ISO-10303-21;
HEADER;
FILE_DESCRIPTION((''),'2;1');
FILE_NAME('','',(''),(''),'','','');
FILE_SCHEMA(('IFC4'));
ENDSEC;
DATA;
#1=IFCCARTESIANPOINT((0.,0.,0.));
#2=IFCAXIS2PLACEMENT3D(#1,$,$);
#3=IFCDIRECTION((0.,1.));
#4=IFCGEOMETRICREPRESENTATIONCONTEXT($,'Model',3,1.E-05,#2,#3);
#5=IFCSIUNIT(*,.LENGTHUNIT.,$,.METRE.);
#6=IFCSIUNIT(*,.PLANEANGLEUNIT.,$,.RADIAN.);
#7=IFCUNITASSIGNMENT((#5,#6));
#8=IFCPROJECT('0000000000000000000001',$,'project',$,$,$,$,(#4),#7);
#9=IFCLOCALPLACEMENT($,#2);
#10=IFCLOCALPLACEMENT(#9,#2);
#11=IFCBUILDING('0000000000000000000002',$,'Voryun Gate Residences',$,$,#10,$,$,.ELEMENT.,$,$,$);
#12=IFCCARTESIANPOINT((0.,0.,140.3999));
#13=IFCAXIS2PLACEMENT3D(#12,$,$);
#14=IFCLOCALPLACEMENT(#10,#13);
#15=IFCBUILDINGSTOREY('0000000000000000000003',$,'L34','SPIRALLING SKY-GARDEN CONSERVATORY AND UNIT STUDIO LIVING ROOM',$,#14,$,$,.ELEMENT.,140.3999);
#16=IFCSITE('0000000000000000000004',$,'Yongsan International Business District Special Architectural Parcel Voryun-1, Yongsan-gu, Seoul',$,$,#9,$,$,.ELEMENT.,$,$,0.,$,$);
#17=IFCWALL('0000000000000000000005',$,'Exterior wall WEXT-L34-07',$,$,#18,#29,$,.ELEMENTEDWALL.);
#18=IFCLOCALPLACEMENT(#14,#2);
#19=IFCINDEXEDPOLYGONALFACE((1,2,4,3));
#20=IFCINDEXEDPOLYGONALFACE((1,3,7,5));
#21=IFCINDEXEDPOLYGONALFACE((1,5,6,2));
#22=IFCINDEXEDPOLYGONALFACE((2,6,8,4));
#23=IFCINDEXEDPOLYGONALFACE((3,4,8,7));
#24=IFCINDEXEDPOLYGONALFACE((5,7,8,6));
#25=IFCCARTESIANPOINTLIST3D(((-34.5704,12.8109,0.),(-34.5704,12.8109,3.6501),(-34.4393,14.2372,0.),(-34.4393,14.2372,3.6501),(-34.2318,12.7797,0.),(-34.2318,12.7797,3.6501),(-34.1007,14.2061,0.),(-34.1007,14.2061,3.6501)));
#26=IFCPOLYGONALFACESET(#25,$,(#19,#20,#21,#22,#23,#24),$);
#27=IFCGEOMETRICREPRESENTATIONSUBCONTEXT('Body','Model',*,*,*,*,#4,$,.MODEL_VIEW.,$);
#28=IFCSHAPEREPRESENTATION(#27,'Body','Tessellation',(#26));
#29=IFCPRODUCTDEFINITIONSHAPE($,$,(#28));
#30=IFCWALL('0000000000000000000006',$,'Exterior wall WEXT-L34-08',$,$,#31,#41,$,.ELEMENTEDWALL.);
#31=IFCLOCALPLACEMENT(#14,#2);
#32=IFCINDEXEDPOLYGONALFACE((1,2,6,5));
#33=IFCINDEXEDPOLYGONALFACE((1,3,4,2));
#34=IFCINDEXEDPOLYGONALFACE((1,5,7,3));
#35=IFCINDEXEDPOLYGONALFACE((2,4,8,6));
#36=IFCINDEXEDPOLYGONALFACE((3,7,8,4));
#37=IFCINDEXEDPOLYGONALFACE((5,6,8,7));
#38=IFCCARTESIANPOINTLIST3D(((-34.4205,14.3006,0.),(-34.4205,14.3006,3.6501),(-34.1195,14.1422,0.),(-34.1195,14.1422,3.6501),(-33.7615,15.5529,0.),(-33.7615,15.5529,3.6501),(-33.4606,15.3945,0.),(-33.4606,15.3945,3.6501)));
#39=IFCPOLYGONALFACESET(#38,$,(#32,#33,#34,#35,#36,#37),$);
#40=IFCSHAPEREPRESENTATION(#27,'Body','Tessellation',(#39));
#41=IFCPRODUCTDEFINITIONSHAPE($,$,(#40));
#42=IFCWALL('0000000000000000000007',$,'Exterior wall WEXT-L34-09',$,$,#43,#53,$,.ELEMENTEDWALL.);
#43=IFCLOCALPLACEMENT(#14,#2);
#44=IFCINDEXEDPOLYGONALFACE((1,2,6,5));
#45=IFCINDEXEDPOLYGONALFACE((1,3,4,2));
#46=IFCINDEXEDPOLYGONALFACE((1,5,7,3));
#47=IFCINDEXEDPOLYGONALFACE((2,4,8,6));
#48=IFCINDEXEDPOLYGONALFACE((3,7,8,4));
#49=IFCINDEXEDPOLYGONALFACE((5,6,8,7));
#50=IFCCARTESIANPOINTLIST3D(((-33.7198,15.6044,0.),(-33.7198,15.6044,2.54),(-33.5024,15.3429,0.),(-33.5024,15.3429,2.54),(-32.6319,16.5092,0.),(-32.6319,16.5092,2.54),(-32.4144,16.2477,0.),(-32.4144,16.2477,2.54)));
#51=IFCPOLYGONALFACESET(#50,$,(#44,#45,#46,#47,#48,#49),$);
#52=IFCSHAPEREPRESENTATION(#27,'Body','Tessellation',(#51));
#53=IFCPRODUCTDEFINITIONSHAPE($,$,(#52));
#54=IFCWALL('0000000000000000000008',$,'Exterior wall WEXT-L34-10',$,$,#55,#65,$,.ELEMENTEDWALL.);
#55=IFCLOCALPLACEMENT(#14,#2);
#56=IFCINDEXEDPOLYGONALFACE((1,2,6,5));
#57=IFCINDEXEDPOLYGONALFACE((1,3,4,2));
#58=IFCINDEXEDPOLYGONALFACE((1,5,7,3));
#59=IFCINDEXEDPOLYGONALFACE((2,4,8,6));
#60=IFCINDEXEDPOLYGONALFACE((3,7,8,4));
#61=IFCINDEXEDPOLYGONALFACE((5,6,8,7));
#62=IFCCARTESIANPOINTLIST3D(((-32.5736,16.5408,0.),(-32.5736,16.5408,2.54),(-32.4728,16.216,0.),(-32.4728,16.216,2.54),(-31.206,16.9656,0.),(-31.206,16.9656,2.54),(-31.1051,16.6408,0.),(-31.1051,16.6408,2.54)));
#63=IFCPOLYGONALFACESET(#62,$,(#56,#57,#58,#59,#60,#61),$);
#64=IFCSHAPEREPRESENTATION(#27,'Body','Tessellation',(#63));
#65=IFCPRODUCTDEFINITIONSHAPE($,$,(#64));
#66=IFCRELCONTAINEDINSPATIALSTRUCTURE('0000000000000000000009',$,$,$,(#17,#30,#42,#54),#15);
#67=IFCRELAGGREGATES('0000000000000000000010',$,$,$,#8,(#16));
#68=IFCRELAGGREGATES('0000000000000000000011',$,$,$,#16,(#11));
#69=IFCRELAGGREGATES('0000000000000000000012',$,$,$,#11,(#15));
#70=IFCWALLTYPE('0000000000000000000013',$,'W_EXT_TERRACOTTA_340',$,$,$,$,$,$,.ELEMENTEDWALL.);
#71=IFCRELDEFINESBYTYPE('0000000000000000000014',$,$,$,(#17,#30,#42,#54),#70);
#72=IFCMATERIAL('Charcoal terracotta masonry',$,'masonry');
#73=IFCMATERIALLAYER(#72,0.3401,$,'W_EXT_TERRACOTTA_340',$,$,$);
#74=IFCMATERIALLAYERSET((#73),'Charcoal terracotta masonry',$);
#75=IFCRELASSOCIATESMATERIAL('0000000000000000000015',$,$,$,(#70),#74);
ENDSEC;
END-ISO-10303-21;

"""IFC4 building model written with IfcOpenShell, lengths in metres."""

from ifc_helpers import new_model, si_unit, direction, frame, frame_2d, origin, place, context, subcontext, project, spatial, rectangle, extrude, material, layer, layer_set, type_object, element, save


model = new_model("IFC4")

# Units and contexts
model_context = context("Model", 3, precision=1e-05, world=origin(), true_north=direction((0.0, 1.0)))
body_context = subcontext(model_context, "Body", "Model", "MODEL_VIEW")
ifc_project = project(units=[si_unit("LENGTHUNIT", "METRE"), si_unit("PLANEANGLEUNIT", "RADIAN")], contexts=[model_context])

# Site, building, storey
site_placement = place(None, origin())
site = spatial("IfcSite", under=ifc_project, at=site_placement, Name="Yongsan International Business District Special Architectural Parcel Voryun-1, Yongsan-gu, Seoul", CompositionType="ELEMENT", RefElevation=0.0)
building_placement = place(site_placement, origin())
building = spatial("IfcBuilding", under=site, at=building_placement, Name="Voryun Gate Residences", CompositionType="ELEMENT")
storey_placement = place(building_placement, frame((0.0, 0.0, 140.3999)))
storey = spatial("IfcBuildingStorey", under=building, at=storey_placement, Name="L34", Description="SPIRALLING SKY-GARDEN CONSERVATORY AND UNIT STUDIO LIVING ROOM", CompositionType="ELEMENT", Elevation=140.3999)

# Walls
ifc_material_1 = material(Name="Charcoal terracotta masonry", Category="masonry")
ifc_layer_1 = layer(ifc_material_1, 0.3401, Name="W_EXT_TERRACOTTA_340")
ifc_layer_set_1 = layer_set([ifc_layer_1], Name="Charcoal terracotta masonry")
wall_type = type_object("IfcWallType", Name="W_EXT_TERRACOTTA_340", PredefinedType="ELEMENTEDWALL", material=ifc_layer_set_1)
wall_1_placement = place(storey_placement, frame((-34.4011, 12.7952, 0.0), z_axis=(0.0, 0.0, 1.0), x_axis=(0.091535, 0.995802, 0.0)))
element("IfcWall", 1, at=wall_1_placement, inside=storey, type_object=wall_type, Name="Exterior wall WEXT-L34-07", PredefinedType="ELEMENTEDWALL", context=body_context, shape_type="SweptSolid", body=[
    extrude(rectangle(XDim=1.4324, YDim=0.3401, at=frame_2d((0.7163, 0.0))), origin(), (0.0, 0.0, 1.0), 3.6501),
])
wall_2_placement = place(storey_placement, frame((-34.27, 14.2214, 0.0), z_axis=(0.0, 0.0, 1.0), x_axis=(0.465682, 0.884952, 0.0)))
element("IfcWall", 2, at=wall_2_placement, inside=storey, type_object=wall_type, Name="Exterior wall WEXT-L34-08", PredefinedType="ELEMENTEDWALL", context=body_context, shape_type="SweptSolid", body=[
    extrude(rectangle(XDim=1.415, YDim=0.3401, at=frame_2d((0.7075, 0.0))), origin(), (0.0, 0.0, 1.0), 3.6501),
])
wall_3_placement = place(storey_placement, frame((-33.6111, 15.4736, 0.0), z_axis=(0.0, 0.0, 1.0), x_axis=(0.768843, 0.639437, 0.0)))
element("IfcWall", 3, at=wall_3_placement, inside=storey, type_object=wall_type, Name="Exterior wall WEXT-L34-09", PredefinedType="ELEMENTEDWALL", context=body_context, shape_type="SweptSolid", body=[
    extrude(rectangle(XDim=1.415, YDim=0.3401, at=frame_2d((0.7075, 0.0))), origin(), (0.0, 0.0, 1.0), 2.54),
])
wall_4_placement = place(storey_placement, frame((-32.5232, 16.3784, 0.0), z_axis=(0.0, 0.0, 1.0), x_axis=(0.954994, 0.296624, 0.0)))
element("IfcWall", 4, at=wall_4_placement, inside=storey, type_object=wall_type, Name="Exterior wall WEXT-L34-10", PredefinedType="ELEMENTEDWALL", context=body_context, shape_type="SweptSolid", body=[
    extrude(rectangle(XDim=1.4321, YDim=0.3401, at=frame_2d((0.7161, 0.0))), origin(), (0.0, 0.0, 1.0), 2.54),
])

save(model, "model.ifc")
